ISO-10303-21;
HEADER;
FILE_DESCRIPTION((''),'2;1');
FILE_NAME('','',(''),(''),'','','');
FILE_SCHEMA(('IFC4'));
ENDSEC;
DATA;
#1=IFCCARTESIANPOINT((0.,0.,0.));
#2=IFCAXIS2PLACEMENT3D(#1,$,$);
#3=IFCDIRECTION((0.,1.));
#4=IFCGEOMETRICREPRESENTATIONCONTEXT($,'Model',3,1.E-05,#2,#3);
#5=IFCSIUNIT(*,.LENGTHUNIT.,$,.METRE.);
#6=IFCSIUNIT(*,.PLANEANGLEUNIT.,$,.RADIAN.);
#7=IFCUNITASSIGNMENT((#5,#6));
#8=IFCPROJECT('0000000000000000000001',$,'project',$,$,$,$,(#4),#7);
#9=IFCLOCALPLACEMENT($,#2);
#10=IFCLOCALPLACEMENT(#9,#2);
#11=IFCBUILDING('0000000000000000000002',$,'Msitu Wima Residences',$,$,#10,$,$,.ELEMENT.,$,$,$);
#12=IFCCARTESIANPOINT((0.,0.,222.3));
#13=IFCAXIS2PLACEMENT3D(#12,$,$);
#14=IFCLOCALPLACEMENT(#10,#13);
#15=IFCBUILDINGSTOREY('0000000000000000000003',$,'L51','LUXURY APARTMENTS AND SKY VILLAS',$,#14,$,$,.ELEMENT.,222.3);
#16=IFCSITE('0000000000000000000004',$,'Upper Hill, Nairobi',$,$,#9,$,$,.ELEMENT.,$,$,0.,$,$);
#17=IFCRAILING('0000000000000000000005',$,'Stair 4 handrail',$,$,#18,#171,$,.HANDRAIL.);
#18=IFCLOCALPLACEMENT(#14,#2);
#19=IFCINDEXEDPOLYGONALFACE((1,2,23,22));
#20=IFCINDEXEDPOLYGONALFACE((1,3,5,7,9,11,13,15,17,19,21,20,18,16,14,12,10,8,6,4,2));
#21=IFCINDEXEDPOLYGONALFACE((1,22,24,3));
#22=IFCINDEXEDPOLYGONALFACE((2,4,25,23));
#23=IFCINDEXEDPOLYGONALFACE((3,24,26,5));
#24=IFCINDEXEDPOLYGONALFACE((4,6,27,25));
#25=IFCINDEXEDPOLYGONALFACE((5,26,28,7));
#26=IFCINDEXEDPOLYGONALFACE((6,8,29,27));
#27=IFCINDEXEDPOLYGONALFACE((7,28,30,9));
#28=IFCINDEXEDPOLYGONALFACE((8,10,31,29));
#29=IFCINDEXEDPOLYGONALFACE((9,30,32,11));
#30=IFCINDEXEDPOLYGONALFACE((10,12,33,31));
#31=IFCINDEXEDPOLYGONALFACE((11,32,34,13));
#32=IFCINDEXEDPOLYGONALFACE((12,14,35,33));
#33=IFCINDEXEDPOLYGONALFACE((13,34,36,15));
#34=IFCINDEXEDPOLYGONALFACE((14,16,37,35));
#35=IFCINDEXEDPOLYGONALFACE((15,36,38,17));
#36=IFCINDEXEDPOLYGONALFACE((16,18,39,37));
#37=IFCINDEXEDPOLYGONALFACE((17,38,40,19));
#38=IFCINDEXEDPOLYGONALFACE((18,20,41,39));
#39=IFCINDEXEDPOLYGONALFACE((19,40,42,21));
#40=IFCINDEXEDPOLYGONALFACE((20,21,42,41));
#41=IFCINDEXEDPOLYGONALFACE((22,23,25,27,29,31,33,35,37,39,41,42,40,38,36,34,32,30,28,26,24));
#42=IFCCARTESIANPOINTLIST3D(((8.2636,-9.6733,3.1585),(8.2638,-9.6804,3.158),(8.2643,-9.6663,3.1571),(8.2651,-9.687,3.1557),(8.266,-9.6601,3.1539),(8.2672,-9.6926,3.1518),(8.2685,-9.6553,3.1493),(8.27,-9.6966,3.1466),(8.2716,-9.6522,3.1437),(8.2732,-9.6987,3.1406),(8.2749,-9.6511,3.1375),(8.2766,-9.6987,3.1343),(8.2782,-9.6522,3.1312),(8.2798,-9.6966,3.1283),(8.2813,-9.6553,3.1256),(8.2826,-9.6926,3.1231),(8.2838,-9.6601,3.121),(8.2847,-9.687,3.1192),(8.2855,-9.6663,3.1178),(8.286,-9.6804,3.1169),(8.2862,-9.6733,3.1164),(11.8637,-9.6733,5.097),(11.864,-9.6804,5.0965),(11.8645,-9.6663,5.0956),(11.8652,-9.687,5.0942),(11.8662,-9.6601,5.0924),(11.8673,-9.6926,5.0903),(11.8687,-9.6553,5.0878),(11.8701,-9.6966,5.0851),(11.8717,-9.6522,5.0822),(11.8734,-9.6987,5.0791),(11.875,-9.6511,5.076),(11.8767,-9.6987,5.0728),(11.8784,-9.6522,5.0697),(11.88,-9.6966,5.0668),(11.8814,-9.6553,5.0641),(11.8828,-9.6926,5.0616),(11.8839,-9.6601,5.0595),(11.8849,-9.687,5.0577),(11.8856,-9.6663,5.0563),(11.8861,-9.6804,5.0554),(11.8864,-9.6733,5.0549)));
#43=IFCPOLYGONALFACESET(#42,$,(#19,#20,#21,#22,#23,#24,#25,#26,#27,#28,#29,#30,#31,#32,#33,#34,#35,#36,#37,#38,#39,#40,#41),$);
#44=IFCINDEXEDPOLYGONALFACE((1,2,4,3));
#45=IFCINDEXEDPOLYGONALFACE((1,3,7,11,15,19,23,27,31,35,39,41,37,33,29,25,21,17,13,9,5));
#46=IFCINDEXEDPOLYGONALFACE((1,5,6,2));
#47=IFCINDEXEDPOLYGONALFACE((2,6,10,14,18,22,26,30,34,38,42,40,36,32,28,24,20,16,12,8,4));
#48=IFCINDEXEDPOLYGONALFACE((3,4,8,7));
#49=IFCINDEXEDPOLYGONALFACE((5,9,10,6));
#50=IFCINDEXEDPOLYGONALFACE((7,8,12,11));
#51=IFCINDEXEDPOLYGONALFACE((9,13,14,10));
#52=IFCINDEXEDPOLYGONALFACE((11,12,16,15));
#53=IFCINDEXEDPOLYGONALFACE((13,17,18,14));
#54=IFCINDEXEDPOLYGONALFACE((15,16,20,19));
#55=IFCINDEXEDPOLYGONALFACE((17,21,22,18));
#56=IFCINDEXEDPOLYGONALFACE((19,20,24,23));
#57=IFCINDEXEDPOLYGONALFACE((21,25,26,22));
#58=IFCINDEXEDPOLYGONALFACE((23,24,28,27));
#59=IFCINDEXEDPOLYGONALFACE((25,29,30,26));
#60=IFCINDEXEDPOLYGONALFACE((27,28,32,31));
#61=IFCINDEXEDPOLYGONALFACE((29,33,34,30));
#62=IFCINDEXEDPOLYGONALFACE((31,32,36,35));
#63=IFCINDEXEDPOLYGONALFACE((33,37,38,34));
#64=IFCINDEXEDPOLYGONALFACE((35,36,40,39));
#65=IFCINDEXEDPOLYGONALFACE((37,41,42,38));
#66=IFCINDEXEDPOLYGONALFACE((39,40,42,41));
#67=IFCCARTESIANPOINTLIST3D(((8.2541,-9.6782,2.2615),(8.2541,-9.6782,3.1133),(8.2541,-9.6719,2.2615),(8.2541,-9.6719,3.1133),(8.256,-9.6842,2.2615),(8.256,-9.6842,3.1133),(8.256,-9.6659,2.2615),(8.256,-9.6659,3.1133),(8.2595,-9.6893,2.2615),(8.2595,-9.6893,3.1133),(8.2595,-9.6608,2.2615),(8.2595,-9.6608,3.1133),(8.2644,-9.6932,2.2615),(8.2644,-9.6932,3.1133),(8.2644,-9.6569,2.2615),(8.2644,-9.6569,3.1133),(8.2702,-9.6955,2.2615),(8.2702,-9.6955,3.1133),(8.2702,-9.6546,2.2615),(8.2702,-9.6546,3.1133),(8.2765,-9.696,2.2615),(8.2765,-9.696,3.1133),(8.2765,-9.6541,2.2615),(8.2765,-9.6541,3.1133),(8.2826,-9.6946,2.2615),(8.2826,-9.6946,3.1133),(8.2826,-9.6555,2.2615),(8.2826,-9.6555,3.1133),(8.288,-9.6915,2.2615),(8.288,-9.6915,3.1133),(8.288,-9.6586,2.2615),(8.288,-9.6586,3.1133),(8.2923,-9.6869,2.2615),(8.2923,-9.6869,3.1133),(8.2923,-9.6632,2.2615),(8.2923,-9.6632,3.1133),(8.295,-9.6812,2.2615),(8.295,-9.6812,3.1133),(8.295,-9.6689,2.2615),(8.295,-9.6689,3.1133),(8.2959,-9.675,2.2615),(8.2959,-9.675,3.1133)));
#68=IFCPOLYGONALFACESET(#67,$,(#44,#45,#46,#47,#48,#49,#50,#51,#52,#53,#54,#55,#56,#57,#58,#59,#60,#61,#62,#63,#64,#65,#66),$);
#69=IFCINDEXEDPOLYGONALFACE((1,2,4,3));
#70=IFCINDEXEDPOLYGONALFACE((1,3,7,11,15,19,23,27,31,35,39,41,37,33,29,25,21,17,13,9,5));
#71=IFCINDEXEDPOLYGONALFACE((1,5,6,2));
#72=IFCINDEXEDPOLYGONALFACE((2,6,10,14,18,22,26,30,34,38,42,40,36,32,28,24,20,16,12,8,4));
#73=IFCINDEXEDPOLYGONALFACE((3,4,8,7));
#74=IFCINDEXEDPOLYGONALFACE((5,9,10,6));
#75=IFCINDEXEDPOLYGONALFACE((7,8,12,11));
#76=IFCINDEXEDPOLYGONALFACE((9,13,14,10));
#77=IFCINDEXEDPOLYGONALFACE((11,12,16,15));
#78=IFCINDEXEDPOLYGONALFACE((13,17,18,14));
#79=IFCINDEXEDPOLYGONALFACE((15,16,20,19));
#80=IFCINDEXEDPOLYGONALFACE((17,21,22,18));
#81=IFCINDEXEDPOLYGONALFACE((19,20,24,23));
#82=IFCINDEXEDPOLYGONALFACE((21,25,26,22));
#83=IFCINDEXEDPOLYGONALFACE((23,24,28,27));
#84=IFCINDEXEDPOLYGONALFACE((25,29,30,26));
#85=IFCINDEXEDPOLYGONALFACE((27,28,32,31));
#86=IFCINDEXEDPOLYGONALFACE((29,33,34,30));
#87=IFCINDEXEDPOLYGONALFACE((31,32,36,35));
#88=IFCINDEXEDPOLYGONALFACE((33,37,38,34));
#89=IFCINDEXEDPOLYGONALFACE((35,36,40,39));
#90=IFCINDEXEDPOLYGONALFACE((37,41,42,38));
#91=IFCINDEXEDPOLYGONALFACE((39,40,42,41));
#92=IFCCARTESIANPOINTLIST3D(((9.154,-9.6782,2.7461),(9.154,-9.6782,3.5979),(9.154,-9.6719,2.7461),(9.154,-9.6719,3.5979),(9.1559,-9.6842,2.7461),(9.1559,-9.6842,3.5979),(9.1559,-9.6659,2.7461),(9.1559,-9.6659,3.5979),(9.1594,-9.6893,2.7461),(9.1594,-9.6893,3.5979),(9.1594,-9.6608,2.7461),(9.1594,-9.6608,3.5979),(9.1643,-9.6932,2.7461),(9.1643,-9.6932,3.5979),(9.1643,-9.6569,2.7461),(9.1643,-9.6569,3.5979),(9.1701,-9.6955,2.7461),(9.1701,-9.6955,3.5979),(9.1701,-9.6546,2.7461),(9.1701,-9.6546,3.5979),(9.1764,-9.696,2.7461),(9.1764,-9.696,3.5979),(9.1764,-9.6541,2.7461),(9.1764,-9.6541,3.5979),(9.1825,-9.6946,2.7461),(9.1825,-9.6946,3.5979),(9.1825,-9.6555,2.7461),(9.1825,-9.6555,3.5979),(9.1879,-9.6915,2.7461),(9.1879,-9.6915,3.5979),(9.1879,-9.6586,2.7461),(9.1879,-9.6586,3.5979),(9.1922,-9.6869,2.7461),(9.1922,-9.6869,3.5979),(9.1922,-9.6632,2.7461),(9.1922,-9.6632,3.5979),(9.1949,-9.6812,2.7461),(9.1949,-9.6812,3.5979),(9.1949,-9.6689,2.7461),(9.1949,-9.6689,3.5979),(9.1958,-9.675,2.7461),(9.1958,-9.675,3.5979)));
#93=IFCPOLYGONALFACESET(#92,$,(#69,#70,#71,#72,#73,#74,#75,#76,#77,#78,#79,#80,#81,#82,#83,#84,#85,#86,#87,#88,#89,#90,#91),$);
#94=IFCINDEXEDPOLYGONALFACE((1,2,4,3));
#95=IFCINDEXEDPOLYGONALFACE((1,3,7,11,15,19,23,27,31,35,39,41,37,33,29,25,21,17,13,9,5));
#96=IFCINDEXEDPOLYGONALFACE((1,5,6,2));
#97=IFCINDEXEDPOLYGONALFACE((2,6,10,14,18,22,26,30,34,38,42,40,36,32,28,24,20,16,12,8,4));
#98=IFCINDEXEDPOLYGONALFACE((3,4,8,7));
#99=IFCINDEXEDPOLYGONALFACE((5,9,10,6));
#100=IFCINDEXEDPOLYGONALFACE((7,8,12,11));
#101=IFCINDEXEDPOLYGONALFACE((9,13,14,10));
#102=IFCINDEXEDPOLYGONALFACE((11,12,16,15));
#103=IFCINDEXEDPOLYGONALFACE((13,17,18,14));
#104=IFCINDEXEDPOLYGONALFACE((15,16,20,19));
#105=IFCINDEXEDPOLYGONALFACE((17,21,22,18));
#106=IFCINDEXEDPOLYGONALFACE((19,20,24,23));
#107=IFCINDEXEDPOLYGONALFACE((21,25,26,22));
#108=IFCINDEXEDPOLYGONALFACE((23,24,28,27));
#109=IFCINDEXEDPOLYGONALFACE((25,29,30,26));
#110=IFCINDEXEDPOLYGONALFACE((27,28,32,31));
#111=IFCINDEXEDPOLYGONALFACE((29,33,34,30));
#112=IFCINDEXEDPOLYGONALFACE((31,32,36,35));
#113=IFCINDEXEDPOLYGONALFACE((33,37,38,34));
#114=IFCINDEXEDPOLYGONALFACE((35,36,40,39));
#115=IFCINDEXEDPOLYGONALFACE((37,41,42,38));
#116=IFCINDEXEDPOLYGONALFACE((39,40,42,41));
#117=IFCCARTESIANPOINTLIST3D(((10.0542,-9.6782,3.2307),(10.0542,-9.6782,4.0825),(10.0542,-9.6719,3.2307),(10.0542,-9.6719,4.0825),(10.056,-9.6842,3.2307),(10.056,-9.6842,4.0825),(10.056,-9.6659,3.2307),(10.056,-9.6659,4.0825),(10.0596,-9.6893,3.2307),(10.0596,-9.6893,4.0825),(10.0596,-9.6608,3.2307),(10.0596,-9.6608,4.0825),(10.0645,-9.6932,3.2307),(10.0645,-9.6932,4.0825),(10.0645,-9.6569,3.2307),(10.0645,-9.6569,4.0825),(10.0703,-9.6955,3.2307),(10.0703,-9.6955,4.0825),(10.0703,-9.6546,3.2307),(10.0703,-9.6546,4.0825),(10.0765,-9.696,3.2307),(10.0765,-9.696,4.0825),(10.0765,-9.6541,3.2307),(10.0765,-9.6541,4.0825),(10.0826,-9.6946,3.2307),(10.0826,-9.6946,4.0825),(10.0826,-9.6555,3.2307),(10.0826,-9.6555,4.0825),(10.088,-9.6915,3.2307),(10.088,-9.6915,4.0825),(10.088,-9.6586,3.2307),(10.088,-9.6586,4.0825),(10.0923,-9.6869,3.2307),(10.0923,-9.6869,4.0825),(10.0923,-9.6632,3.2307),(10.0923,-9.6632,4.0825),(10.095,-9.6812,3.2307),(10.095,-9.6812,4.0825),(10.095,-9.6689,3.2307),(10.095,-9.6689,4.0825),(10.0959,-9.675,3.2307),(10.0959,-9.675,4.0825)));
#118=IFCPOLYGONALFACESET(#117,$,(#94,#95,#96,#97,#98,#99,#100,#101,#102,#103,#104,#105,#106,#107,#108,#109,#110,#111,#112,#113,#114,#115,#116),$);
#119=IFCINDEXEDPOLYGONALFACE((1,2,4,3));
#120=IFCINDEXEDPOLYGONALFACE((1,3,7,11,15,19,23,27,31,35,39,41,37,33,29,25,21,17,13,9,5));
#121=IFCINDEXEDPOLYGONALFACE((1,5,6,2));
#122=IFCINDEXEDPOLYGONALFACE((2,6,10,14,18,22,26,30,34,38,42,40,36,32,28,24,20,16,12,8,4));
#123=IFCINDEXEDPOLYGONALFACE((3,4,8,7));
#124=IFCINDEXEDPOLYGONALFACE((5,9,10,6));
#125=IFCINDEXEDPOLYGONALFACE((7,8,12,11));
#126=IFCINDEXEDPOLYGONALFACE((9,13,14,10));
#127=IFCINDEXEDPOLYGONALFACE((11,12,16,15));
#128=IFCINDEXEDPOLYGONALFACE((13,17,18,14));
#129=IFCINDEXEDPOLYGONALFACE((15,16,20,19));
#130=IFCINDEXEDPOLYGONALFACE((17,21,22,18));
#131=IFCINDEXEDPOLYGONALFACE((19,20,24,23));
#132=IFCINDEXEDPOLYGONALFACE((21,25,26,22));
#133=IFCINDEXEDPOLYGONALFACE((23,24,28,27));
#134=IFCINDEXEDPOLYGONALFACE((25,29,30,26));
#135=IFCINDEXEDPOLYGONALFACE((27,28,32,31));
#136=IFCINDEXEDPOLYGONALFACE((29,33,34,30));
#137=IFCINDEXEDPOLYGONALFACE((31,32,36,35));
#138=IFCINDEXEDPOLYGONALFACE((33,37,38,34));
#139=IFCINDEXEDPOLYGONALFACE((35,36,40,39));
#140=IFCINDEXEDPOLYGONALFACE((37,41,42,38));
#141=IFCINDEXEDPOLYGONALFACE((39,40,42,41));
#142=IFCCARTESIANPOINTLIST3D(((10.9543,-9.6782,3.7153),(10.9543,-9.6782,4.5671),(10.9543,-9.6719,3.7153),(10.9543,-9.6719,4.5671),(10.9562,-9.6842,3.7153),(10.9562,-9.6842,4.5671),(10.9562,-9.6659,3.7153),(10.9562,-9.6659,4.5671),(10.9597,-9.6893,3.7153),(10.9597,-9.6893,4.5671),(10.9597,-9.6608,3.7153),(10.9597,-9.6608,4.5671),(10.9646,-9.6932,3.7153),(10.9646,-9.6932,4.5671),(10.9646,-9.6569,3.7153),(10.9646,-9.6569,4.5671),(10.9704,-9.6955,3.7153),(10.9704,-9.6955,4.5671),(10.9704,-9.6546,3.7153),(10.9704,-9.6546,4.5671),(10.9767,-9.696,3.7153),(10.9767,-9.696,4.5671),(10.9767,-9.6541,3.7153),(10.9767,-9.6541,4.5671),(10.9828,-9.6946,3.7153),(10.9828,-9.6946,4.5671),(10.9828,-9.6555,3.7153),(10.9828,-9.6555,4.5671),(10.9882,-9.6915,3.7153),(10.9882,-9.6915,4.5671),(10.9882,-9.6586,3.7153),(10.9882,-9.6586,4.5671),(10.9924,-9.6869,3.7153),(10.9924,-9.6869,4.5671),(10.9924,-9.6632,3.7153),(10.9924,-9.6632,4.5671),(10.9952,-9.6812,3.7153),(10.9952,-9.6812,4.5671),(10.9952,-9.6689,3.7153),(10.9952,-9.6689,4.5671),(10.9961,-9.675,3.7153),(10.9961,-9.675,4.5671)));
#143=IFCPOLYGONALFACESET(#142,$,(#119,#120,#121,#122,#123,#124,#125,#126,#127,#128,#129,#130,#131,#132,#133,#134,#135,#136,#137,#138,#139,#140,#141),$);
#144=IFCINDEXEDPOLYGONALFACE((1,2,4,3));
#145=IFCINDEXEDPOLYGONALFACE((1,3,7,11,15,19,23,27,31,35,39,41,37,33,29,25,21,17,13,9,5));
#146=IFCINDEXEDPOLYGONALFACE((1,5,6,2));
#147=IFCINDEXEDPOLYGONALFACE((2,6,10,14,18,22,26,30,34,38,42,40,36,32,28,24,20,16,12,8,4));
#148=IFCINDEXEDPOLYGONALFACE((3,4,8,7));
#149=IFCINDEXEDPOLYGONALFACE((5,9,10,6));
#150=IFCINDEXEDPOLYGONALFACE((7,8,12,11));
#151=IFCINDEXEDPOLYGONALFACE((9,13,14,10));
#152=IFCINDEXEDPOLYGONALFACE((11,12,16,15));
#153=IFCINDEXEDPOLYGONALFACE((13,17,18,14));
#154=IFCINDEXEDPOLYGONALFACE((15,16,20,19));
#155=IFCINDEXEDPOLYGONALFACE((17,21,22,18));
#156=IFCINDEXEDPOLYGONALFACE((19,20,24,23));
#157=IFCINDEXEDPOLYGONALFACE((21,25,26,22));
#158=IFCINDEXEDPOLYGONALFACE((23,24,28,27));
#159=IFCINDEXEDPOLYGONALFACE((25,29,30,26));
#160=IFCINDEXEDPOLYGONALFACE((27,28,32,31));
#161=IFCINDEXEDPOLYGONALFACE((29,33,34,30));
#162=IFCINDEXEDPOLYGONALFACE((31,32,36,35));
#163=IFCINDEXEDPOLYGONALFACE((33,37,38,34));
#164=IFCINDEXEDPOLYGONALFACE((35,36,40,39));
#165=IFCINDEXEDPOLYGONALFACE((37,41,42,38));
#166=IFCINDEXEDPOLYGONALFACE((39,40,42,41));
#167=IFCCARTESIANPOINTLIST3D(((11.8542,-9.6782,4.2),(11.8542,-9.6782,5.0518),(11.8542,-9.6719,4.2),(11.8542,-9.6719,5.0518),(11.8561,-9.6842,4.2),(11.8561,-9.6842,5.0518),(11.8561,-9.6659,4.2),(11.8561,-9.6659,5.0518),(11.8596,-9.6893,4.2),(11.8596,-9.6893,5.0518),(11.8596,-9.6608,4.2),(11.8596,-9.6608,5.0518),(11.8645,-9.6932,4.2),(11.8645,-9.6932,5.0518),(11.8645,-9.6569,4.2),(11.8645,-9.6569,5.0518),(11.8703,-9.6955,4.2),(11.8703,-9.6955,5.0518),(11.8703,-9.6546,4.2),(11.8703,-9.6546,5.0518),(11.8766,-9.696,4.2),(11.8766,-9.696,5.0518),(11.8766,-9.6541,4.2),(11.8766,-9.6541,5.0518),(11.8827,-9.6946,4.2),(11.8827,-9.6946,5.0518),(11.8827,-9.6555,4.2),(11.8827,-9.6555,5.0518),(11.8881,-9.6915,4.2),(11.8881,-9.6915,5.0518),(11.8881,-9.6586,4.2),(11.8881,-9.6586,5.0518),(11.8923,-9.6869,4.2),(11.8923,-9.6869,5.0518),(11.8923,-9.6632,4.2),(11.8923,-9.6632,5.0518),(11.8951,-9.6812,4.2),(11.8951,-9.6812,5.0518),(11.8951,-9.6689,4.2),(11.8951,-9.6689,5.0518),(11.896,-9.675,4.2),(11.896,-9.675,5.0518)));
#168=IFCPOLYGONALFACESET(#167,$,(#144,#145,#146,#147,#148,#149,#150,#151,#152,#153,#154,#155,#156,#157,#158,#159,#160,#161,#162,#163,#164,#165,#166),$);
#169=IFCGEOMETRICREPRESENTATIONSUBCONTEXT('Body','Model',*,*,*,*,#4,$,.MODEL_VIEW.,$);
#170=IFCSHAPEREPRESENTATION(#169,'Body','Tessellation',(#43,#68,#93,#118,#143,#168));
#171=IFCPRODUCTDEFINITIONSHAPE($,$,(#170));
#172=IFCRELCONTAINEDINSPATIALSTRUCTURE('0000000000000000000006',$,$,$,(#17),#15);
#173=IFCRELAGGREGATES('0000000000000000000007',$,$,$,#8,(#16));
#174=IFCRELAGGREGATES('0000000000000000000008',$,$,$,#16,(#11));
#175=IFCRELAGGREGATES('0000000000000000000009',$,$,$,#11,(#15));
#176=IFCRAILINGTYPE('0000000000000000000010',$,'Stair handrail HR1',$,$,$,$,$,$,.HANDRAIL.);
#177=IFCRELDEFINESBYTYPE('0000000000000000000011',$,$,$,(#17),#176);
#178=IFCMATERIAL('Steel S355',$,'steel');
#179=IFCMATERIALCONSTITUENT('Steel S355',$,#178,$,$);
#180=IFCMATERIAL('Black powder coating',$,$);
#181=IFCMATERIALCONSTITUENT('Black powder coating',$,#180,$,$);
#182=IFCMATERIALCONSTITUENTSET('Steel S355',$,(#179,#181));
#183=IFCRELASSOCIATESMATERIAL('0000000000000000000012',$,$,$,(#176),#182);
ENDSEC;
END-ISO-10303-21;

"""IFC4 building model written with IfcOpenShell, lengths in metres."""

from ifc_helpers import new_model, si_unit, direction, frame, origin, origin_2d, place, context, subcontext, project, spatial, circle, extrude, material, constituent, constituent_set, type_object, element, save


model = new_model("IFC4")

# Units and contexts
model_context = context("Model", 3, precision=1e-05, world=origin(), true_north=direction((0.0, 1.0)))
body_context = subcontext(model_context, "Body", "Model", "MODEL_VIEW")
ifc_project = project(units=[si_unit("LENGTHUNIT", "METRE"), si_unit("PLANEANGLEUNIT", "RADIAN")], contexts=[model_context])

# Site, building, storey
site_placement = place(None, origin())
site = spatial("IfcSite", under=ifc_project, at=site_placement, Name="Upper Hill, Nairobi", CompositionType="ELEMENT", RefElevation=0.0)
building_placement = place(site_placement, origin())
building = spatial("IfcBuilding", under=site, at=building_placement, Name="Msitu Wima Residences", CompositionType="ELEMENT")
storey_placement = place(building_placement, frame((0.0, 0.0, 222.3)))
storey = spatial("IfcBuildingStorey", under=building, at=storey_placement, Name="L51", Description="LUXURY APARTMENTS AND SKY VILLAS", CompositionType="ELEMENT", Elevation=222.3)

# Railing
ifc_material_1 = material(Name="Steel S355", Category="steel")
ifc_constituent_1 = constituent(ifc_material_1, Name="Steel S355")
ifc_material_2 = material(Name="Black powder coating")
ifc_constituent_2 = constituent(ifc_material_2, Name="Black powder coating")
ifc_constituent_set = constituent_set(constituents=[ifc_constituent_1, ifc_constituent_2], Name="Steel S355")
railing_type = type_object("IfcRailingType", Name="Stair handrail HR1", PredefinedType="HANDRAIL", material=ifc_constituent_set)
for number, where, name in (
    (1, (8.2749, -9.675, 2.2615), "Stair 4 handrail"),
):
    element("IfcRailing", number, at=place(storey_placement, frame(where)), inside=storey, type_object=railing_type, Name=name, PredefinedType="HANDRAIL", context=body_context, shape_type="SweptSolid", body=[
        extrude(circle(Radius=0.0239, at=origin_2d()), frame((0.0, 0.0, 0.876), z_axis=(0.880475, 0.0, 0.474093), x_axis=(0.0, 1.0, 0.0)), (0.0, 0.0, 1.0), 4.0889),
        extrude(circle(Radius=0.021, at=origin_2d()), origin(), (0.0, 0.0, 1.0), 0.8518),
        extrude(circle(Radius=0.021, at=origin_2d()), frame((0.8999, 0.0, 0.4846)), (0.0, 0.0, 1.0), 0.8518),
        extrude(circle(Radius=0.021, at=origin_2d()), frame((1.8, 0.0, 0.9692)), (0.0, 0.0, 1.0), 0.8518),
        extrude(circle(Radius=0.021, at=origin_2d()), frame((2.7002, 0.0, 1.4539)), (0.0, 0.0, 1.0), 0.8518),
        extrude(circle(Radius=0.021, at=origin_2d()), frame((3.6001, 0.0, 1.9385)), (0.0, 0.0, 1.0), 0.8518),
    ])

save(model, "model.ifc")
